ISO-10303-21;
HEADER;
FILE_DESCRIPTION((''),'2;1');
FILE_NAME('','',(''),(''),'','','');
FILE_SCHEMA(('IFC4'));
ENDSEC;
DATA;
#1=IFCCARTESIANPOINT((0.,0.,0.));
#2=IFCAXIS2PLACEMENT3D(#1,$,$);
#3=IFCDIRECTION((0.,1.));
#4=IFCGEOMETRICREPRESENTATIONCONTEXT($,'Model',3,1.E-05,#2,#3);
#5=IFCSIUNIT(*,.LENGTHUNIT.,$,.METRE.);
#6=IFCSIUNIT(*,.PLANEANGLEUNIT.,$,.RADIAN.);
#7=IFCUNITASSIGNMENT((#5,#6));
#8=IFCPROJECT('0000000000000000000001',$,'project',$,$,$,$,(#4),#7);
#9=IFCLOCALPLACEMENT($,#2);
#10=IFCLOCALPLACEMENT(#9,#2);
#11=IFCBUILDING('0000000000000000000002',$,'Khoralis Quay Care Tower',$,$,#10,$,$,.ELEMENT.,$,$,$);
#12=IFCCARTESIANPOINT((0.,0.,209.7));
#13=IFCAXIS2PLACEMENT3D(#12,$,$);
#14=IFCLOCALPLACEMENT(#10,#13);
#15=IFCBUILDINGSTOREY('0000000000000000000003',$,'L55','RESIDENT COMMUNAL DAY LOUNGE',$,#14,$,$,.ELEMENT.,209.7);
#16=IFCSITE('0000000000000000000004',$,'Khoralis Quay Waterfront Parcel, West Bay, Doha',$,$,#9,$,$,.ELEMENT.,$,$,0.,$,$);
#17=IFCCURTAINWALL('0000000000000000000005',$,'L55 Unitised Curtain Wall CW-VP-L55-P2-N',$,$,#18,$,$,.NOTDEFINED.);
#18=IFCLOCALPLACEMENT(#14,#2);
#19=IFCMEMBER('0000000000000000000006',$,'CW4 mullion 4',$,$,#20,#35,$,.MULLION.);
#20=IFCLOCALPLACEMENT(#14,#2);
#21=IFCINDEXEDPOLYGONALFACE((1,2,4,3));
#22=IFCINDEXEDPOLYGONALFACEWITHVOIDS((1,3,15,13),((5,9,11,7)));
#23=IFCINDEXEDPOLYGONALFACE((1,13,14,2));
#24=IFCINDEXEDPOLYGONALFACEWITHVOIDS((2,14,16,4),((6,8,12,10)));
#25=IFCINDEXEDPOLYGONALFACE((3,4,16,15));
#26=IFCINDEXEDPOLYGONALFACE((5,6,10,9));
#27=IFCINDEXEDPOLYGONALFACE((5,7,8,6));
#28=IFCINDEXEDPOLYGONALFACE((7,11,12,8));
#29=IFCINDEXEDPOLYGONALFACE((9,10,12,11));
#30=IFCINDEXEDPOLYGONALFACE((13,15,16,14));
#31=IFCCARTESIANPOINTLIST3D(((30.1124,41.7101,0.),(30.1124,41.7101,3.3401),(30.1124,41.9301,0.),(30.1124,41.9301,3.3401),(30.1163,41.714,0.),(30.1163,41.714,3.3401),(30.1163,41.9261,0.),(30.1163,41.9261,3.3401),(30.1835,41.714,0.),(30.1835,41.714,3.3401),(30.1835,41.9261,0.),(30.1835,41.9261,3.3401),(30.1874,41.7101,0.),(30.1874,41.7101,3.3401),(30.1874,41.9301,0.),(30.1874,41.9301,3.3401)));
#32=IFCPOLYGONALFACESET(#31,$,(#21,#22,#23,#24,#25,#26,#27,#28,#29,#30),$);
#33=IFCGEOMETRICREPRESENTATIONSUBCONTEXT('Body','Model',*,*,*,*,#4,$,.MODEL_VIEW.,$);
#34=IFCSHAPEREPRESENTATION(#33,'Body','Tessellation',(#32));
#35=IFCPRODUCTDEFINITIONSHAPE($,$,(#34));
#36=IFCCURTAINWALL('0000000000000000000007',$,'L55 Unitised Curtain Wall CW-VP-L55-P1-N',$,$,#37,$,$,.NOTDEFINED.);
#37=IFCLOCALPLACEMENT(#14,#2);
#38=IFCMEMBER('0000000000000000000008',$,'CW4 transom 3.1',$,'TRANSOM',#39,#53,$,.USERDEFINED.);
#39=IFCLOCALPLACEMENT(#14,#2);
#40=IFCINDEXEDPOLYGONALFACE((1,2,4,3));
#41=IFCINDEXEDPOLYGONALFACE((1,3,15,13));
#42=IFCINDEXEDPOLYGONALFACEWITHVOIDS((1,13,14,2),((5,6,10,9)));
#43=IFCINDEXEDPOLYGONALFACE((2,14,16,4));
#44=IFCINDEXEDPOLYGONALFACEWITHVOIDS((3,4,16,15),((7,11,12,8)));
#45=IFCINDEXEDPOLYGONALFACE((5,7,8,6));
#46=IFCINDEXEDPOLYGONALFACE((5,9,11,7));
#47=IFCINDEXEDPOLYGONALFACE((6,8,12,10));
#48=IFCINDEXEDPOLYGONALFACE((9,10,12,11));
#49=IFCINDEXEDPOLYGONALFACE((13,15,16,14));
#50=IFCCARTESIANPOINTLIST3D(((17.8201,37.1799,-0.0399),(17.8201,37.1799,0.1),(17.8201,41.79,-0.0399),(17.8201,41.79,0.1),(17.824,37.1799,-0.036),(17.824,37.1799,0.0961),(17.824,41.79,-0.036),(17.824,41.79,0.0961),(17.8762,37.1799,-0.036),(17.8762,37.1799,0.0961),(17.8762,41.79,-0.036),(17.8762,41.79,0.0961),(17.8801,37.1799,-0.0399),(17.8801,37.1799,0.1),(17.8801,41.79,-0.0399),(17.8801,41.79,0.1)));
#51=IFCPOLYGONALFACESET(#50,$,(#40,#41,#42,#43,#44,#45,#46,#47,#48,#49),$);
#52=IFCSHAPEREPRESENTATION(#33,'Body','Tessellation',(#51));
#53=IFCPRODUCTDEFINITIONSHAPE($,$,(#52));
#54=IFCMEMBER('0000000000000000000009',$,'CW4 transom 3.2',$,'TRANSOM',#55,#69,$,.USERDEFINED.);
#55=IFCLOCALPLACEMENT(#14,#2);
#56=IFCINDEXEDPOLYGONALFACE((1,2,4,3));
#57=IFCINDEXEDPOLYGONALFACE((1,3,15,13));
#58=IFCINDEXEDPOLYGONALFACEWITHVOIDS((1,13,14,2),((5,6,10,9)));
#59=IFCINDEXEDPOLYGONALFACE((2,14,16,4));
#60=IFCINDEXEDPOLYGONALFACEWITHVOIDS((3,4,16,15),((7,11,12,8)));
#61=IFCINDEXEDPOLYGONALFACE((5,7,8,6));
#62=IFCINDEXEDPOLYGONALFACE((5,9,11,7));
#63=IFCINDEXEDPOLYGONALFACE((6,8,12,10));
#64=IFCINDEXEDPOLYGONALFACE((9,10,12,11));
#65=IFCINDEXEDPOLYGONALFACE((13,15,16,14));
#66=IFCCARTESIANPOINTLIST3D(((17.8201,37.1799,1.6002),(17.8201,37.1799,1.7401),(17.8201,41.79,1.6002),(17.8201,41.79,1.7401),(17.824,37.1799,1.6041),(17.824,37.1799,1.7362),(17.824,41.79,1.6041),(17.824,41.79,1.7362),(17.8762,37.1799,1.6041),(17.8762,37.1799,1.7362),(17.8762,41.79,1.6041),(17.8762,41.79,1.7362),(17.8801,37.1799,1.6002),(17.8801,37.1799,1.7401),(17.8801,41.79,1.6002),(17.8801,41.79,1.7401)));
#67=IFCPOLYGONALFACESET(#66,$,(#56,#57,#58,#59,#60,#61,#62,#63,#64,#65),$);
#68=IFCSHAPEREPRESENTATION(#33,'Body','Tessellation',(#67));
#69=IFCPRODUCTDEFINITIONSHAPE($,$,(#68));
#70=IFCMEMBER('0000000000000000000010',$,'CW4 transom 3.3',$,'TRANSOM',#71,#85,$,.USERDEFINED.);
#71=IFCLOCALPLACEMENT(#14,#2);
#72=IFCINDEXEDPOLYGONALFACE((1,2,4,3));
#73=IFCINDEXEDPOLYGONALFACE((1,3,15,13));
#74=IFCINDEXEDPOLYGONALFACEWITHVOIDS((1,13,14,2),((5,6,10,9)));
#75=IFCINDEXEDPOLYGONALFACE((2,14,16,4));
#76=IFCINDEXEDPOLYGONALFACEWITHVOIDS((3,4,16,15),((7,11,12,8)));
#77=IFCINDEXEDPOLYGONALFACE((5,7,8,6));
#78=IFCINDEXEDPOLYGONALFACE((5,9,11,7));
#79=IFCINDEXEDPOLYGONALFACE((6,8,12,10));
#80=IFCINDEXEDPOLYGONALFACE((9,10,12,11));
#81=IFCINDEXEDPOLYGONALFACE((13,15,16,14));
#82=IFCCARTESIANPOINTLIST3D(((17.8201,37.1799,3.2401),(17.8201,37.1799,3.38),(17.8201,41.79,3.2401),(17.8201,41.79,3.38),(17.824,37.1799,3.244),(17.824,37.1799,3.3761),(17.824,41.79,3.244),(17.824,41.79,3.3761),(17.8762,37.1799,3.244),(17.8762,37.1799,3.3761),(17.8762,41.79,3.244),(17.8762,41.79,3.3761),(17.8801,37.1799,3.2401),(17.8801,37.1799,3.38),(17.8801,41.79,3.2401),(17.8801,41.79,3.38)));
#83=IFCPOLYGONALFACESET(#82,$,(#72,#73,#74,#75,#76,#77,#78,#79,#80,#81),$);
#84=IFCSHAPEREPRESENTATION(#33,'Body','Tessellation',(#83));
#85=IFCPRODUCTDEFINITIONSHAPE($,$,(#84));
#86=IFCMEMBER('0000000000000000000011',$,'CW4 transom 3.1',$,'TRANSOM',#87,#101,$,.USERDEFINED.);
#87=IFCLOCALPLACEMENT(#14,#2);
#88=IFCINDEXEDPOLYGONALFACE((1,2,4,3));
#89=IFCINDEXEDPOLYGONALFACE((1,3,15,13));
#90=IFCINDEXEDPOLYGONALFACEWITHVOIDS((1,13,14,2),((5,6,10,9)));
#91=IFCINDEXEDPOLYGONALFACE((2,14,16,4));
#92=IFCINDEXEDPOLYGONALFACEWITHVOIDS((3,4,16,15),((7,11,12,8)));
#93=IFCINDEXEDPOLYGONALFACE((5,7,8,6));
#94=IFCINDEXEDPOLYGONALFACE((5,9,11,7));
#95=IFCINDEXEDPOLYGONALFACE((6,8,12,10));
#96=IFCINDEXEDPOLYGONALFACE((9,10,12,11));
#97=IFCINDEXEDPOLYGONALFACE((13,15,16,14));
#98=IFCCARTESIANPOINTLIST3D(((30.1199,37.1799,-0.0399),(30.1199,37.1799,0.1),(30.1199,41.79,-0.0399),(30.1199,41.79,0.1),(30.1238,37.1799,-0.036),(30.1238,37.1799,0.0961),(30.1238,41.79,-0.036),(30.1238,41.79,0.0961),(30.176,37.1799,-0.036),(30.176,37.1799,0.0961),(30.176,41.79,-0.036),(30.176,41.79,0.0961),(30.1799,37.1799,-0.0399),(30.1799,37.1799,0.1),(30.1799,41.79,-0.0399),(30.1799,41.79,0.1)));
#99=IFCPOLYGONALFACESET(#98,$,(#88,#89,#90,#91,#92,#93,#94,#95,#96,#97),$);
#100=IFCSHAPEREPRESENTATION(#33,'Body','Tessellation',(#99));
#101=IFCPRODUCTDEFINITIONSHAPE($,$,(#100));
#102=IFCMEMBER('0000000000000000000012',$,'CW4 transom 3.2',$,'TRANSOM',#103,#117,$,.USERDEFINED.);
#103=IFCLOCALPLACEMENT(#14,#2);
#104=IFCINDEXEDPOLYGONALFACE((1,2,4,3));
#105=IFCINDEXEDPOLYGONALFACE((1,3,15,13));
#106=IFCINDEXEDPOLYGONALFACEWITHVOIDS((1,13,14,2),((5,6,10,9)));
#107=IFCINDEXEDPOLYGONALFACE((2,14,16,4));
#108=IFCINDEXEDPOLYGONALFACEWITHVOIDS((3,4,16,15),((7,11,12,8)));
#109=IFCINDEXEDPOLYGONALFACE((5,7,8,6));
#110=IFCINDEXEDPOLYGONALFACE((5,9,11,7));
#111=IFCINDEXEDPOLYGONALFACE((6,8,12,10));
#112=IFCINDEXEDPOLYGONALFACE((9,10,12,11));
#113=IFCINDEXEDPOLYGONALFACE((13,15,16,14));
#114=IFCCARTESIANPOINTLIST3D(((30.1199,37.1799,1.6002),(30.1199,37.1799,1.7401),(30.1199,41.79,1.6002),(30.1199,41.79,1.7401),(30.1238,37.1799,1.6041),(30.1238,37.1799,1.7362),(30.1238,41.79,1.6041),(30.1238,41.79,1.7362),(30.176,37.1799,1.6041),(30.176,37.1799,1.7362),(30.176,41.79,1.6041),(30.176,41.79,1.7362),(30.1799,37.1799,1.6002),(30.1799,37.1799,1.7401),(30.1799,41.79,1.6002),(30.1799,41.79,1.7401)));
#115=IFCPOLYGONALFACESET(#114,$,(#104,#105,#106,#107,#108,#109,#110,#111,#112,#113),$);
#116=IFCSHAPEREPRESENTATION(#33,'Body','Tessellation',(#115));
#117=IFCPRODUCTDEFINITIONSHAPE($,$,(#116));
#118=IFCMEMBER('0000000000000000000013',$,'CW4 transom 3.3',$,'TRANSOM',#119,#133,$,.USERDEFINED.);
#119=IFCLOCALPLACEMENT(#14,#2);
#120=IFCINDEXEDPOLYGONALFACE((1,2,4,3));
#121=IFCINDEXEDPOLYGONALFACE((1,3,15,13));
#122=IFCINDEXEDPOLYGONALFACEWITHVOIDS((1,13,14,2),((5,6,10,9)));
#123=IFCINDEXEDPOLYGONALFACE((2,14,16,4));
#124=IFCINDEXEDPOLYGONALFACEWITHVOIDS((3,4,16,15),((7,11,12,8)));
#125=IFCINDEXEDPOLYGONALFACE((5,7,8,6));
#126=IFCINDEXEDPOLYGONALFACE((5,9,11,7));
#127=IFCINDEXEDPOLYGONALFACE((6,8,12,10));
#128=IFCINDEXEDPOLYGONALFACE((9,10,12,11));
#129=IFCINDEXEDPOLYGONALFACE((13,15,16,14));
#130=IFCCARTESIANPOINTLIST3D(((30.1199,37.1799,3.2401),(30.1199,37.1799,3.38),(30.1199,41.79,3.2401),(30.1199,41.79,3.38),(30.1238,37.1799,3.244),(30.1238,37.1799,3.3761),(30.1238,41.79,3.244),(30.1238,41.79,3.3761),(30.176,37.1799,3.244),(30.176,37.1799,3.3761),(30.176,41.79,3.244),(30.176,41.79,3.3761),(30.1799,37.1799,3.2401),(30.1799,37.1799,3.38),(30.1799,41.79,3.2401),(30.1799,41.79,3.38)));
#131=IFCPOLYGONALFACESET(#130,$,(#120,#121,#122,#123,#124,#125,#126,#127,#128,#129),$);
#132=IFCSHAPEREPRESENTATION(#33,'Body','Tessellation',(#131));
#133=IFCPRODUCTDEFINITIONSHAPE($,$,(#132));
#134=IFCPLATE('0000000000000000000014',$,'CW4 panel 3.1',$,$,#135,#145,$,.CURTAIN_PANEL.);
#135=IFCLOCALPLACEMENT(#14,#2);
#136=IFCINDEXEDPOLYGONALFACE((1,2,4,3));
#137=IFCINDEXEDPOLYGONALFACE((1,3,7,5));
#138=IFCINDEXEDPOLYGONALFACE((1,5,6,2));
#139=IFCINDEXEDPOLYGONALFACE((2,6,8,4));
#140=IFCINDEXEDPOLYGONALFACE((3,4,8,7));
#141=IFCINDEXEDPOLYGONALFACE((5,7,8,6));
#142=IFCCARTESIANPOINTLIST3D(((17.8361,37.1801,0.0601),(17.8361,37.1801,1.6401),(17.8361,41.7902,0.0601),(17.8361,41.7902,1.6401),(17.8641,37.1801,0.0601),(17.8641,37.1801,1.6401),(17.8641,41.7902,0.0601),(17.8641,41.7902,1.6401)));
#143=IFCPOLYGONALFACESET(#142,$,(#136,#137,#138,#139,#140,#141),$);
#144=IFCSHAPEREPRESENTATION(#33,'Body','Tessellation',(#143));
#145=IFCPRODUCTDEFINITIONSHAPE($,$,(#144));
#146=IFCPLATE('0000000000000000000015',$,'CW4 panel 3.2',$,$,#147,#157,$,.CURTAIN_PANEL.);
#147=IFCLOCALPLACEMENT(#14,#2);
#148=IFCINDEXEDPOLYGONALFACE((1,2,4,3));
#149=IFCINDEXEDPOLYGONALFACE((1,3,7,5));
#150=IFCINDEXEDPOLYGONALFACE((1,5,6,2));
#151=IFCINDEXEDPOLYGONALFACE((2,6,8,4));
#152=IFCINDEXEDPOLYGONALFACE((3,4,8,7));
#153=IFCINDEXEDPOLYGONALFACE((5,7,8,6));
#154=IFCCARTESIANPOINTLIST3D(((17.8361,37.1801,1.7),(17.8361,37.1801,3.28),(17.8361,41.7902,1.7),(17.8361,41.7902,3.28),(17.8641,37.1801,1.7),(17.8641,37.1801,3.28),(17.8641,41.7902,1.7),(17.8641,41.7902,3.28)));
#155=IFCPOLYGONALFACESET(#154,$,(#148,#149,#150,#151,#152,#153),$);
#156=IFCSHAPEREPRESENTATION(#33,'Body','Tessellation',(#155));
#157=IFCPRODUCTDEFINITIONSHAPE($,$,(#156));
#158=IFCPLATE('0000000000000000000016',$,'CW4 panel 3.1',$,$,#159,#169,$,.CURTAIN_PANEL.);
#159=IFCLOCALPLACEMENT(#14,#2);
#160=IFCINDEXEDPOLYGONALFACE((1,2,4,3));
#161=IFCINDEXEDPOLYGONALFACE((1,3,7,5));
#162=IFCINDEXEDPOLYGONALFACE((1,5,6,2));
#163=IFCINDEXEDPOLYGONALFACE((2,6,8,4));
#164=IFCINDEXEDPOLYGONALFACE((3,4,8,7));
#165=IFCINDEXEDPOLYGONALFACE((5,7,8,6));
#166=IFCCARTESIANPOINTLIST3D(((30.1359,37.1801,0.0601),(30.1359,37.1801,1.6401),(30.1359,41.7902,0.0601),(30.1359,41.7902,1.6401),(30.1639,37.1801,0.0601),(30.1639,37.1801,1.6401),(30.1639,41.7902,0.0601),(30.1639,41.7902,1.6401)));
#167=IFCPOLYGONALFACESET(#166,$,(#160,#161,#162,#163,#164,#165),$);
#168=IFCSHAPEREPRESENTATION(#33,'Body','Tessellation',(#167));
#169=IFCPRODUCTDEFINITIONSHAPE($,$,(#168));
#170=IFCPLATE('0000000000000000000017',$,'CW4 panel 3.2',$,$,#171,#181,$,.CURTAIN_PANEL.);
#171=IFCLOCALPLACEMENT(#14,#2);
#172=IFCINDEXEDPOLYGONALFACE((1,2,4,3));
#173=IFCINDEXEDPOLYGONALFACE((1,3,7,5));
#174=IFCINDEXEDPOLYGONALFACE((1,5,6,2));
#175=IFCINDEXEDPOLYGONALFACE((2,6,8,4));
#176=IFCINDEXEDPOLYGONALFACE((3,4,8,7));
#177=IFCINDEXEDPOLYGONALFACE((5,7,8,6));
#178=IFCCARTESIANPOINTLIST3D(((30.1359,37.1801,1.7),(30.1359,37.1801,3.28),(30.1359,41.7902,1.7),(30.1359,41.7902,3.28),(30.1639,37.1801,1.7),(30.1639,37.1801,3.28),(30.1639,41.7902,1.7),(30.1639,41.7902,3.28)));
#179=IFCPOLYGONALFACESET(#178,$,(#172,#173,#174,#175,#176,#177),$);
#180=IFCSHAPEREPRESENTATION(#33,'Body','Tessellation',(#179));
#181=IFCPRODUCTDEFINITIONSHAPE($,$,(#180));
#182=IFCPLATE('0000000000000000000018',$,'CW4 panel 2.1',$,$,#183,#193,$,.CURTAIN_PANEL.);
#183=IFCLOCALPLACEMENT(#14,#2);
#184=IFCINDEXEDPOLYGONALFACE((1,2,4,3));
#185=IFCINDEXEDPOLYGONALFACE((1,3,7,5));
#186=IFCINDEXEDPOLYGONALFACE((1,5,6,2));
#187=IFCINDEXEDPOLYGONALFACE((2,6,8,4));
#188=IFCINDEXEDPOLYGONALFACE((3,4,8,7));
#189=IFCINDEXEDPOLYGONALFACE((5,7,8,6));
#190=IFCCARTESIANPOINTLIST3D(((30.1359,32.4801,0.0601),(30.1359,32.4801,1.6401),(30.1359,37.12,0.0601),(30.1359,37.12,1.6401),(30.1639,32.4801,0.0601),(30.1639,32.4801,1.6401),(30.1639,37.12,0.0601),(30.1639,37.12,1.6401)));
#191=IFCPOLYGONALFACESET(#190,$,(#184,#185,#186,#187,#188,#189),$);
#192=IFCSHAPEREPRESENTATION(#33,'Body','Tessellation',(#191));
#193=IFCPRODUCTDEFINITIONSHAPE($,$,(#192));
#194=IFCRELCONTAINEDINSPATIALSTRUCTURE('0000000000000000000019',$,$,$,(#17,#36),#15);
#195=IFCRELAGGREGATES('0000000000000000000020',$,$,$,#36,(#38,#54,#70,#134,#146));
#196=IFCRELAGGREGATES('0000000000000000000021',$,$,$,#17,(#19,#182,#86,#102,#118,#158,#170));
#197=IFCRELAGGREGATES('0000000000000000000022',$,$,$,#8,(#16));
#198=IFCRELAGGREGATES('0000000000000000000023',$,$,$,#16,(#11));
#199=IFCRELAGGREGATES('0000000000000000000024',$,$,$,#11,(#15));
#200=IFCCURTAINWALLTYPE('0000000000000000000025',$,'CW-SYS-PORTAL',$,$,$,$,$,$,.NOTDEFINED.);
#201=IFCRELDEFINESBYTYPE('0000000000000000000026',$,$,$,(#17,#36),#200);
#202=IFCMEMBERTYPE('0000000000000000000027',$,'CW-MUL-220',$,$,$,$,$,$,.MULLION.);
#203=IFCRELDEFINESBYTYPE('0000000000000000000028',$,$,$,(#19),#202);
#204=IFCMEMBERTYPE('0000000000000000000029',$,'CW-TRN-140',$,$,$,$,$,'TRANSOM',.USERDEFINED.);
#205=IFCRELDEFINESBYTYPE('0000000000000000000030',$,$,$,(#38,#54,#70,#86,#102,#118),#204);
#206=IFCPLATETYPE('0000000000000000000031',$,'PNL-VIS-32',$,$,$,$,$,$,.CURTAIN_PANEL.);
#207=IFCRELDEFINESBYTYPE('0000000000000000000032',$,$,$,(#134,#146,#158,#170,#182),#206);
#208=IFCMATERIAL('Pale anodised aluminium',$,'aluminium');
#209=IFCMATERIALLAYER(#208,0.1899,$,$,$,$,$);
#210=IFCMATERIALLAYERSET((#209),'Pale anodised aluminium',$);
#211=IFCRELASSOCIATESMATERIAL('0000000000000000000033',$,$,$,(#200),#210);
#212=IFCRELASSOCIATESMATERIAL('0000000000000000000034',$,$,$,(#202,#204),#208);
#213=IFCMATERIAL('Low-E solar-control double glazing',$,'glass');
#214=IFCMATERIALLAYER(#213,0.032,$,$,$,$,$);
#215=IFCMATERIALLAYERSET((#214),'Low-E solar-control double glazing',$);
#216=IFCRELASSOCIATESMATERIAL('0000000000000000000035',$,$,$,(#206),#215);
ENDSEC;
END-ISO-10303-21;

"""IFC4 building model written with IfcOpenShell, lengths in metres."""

from ifc_helpers import new_model, si_unit, direction, frame, origin, origin_2d, place, context, subcontext, project, spatial, rectangle, hollow_rectangle, extrude, source, transform, mapped, material, layer, layer_set, material_profile, profile_set, type_object, element, aggregate, save


model = new_model("IFC4")

# Units and contexts
model_context = context("Model", 3, precision=1e-05, world=origin(), true_north=direction((0.0, 1.0)))
body_context = subcontext(model_context, "Body", "Model", "MODEL_VIEW")
ifc_project = project(units=[si_unit("LENGTHUNIT", "METRE"), si_unit("PLANEANGLEUNIT", "RADIAN")], contexts=[model_context])

# Site, building, storey
site_placement = place(None, origin())
site = spatial("IfcSite", under=ifc_project, at=site_placement, Name="Khoralis Quay Waterfront Parcel, West Bay, Doha", CompositionType="ELEMENT", RefElevation=0.0)
building_placement = place(site_placement, origin())
building = spatial("IfcBuilding", under=site, at=building_placement, Name="Khoralis Quay Care Tower", CompositionType="ELEMENT")
storey_placement = place(building_placement, frame((0.0, 0.0, 209.7)))
storey = spatial("IfcBuildingStorey", under=building, at=storey_placement, Name="L55", Description="RESIDENT COMMUNAL DAY LOUNGE", CompositionType="ELEMENT", Elevation=209.7)

# Curtain walls, members
ifc_material_1 = material(Name="Pale anodised aluminium", Category="aluminium")
ifc_layer_1 = layer(ifc_material_1, 0.1899)
ifc_layer_set_1 = layer_set([ifc_layer_1], Name="Pale anodised aluminium")
curtain_wall_type = type_object("IfcCurtainWallType", Name="CW-SYS-PORTAL", PredefinedType="NOTDEFINED", material=ifc_layer_set_1)
curtain_wall_1_placement = place(storey_placement, origin())
curtain_wall_1 = element("IfcCurtainWall", 1, at=curtain_wall_1_placement, inside=storey, type_object=curtain_wall_type, Name="L55 Unitised Curtain Wall CW-VP-L55-P2-N", PredefinedType="NOTDEFINED")
ifc_material_profile_1 = material_profile(ifc_material_1, hollow_rectangle(XDim=0.075, YDim=0.22, WallThickness=0.0039, at=origin_2d()), Name="Pale anodised aluminium")
ifc_profile_set_1 = profile_set([ifc_material_profile_1], Name="Pale anodised aluminium")
member_type_1 = type_object("IfcMemberType", Name="CW-MUL-220", PredefinedType="MULLION", material=ifc_profile_set_1)
shared_shape_1 = source(origin(), body_context, "Body", "SweptSolid", [
    extrude(hollow_rectangle(XDim=0.075, YDim=0.22, WallThickness=0.0039, at=origin_2d()), origin(), (0.0, 0.0, 1.0), 3.3401),
])
member_1_placement = place(storey_placement, frame((30.1499, 41.8201, 0.0), z_axis=(0.0, 0.0, 1.0), x_axis=(-1.0, 0.0, 0.0)))
member_1 = element("IfcMember", 2, at=member_1_placement, type_object=member_type_1, Name="CW4 mullion 4", PredefinedType="MULLION", context=body_context, shape_type="MappedRepresentation", body=[
    mapped(shared_shape_1, transform((0.0, 0.0, 0.0), scale=1.0)),
])
curtain_wall_2_placement = place(storey_placement, origin())
curtain_wall_2 = element("IfcCurtainWall", 3, at=curtain_wall_2_placement, inside=storey, type_object=curtain_wall_type, Name="L55 Unitised Curtain Wall CW-VP-L55-P1-N", PredefinedType="NOTDEFINED")
ifc_material_profile_2 = material_profile(ifc_material_1, hollow_rectangle(XDim=0.0601, YDim=0.1399, WallThickness=0.0039, at=origin_2d()), Name="Pale anodised aluminium")
ifc_profile_set_2 = profile_set([ifc_material_profile_2], Name="Pale anodised aluminium")
member_type_2 = type_object("IfcMemberType", Name="CW-TRN-140", ElementType="TRANSOM", PredefinedType="USERDEFINED", material=ifc_profile_set_2)
shared_shape_2 = source(origin(), body_context, "Body", "SweptSolid", [
    extrude(hollow_rectangle(XDim=0.0601, YDim=0.1399, WallThickness=0.0039, at=origin_2d()), origin(), (0.0, 0.0, 1.0), 4.6101),
])
member_2_placement = place(storey_placement, frame((17.8501, 37.1799, 0.03), z_axis=(0.0, 1.0, 0.0), x_axis=(-1.0, 0.0, 0.0)))
member_2 = element("IfcMember", 4, at=member_2_placement, type_object=member_type_2, Name="CW4 transom 3.1", ObjectType="TRANSOM", PredefinedType="USERDEFINED", context=body_context, shape_type="MappedRepresentation", body=[
    mapped(shared_shape_2, transform((0.0, 0.0, 0.0), scale=1.0)),
])
member_3_placement = place(storey_placement, frame((17.8501, 37.1799, 1.6702), z_axis=(0.0, 1.0, 0.0), x_axis=(-1.0, 0.0, 0.0)))
member_3 = element("IfcMember", 5, at=member_3_placement, type_object=member_type_2, Name="CW4 transom 3.2", ObjectType="TRANSOM", PredefinedType="USERDEFINED", context=body_context, shape_type="MappedRepresentation", body=[
    mapped(shared_shape_2, transform((0.0, 0.0, 0.0), scale=1.0)),
])
member_4_placement = place(storey_placement, frame((17.8501, 37.1799, 3.3101), z_axis=(0.0, 1.0, 0.0), x_axis=(-1.0, 0.0, 0.0)))
member_4 = element("IfcMember", 6, at=member_4_placement, type_object=member_type_2, Name="CW4 transom 3.3", ObjectType="TRANSOM", PredefinedType="USERDEFINED", context=body_context, shape_type="MappedRepresentation", body=[
    mapped(shared_shape_2, transform((0.0, 0.0, 0.0), scale=1.0)),
])

# Members
member_5_placement = place(storey_placement, frame((30.1499, 37.1799, 0.03), z_axis=(0.0, 1.0, 0.0), x_axis=(-1.0, 0.0, 0.0)))
member_5 = element("IfcMember", 7, at=member_5_placement, type_object=member_type_2, Name="CW4 transom 3.1", ObjectType="TRANSOM", PredefinedType="USERDEFINED", context=body_context, shape_type="MappedRepresentation", body=[
    mapped(shared_shape_2, transform((0.0, 0.0, 0.0), scale=1.0)),
])
member_6_placement = place(storey_placement, frame((30.1499, 37.1799, 1.6702), z_axis=(0.0, 1.0, 0.0), x_axis=(-1.0, 0.0, 0.0)))
member_6 = element("IfcMember", 8, at=member_6_placement, type_object=member_type_2, Name="CW4 transom 3.2", ObjectType="TRANSOM", PredefinedType="USERDEFINED", context=body_context, shape_type="MappedRepresentation", body=[
    mapped(shared_shape_2, transform((0.0, 0.0, 0.0), scale=1.0)),
])
member_7_placement = place(storey_placement, frame((30.1499, 37.1799, 3.3101), z_axis=(0.0, 1.0, 0.0), x_axis=(-1.0, 0.0, 0.0)))
member_7 = element("IfcMember", 9, at=member_7_placement, type_object=member_type_2, Name="CW4 transom 3.3", ObjectType="TRANSOM", PredefinedType="USERDEFINED", context=body_context, shape_type="MappedRepresentation", body=[
    mapped(shared_shape_2, transform((0.0, 0.0, 0.0), scale=1.0)),
])

# Plates
ifc_material_2 = material(Name="Low-E solar-control double glazing", Category="glass")
ifc_layer_2 = layer(ifc_material_2, 0.032)
ifc_layer_set_2 = layer_set([ifc_layer_2], Name="Low-E solar-control double glazing")
plate_type = type_object("IfcPlateType", Name="PNL-VIS-32", PredefinedType="CURTAIN_PANEL", material=ifc_layer_set_2)
shared_shape_3 = source(origin(), body_context, "Body", "SweptSolid", [
    extrude(rectangle(XDim=4.6101, YDim=0.0281, at=origin_2d()), origin(), (0.0, 0.0, 1.0), 1.5801),
])
plate_1_placement = place(storey_placement, frame((17.8501, 39.4851, 0.0601), z_axis=(0.0, 0.0, 1.0), x_axis=(0.0, 1.0, 0.0)))
plate_1 = element("IfcPlate", 10, at=plate_1_placement, type_object=plate_type, Name="CW4 panel 3.1", PredefinedType="CURTAIN_PANEL", context=body_context, shape_type="MappedRepresentation", body=[
    mapped(shared_shape_3, transform((0.0, 0.0, 0.0), scale=1.0)),
])
plate_2_placement = place(storey_placement, frame((17.8501, 39.4851, 1.7), z_axis=(0.0, 0.0, 1.0), x_axis=(0.0, 1.0, 0.0)))
plate_2 = element("IfcPlate", 11, at=plate_2_placement, type_object=plate_type, Name="CW4 panel 3.2", PredefinedType="CURTAIN_PANEL", context=body_context, shape_type="MappedRepresentation", body=[
    mapped(shared_shape_3, transform((0.0, 0.0, 0.0), scale=1.0)),
])
aggregate(curtain_wall_2, [member_2, member_3, member_4, plate_1, plate_2])
plate_3_placement = place(storey_placement, frame((30.1499, 39.4851, 0.0601), z_axis=(0.0, 0.0, 1.0), x_axis=(0.0, 1.0, 0.0)))
plate_3 = element("IfcPlate", 12, at=plate_3_placement, type_object=plate_type, Name="CW4 panel 3.1", PredefinedType="CURTAIN_PANEL", context=body_context, shape_type="MappedRepresentation", body=[
    mapped(shared_shape_3, transform((0.0, 0.0, 0.0), scale=1.0)),
])
plate_4_placement = place(storey_placement, frame((30.1499, 39.4851, 1.7), z_axis=(0.0, 0.0, 1.0), x_axis=(0.0, 1.0, 0.0)))
plate_4 = element("IfcPlate", 13, at=plate_4_placement, type_object=plate_type, Name="CW4 panel 3.2", PredefinedType="CURTAIN_PANEL", context=body_context, shape_type="MappedRepresentation", body=[
    mapped(shared_shape_3, transform((0.0, 0.0, 0.0), scale=1.0)),
])
shared_shape_4 = source(origin(), body_context, "Body", "SweptSolid", [
    extrude(rectangle(XDim=4.6399, YDim=0.0281, at=origin_2d()), origin(), (0.0, 0.0, 1.0), 1.5801),
])
plate_5_placement = place(storey_placement, frame((30.1499, 34.8, 0.0601), z_axis=(0.0, 0.0, 1.0), x_axis=(0.0, 1.0, 0.0)))
plate_5 = element("IfcPlate", 14, at=plate_5_placement, type_object=plate_type, Name="CW4 panel 2.1", PredefinedType="CURTAIN_PANEL", context=body_context, shape_type="MappedRepresentation", body=[
    mapped(shared_shape_4, transform((0.0, 0.0, 0.0), scale=1.0)),
])
aggregate(curtain_wall_1, [member_1, plate_5, member_5, member_6, member_7, plate_3, plate_4])

save(model, "model.ifc")
